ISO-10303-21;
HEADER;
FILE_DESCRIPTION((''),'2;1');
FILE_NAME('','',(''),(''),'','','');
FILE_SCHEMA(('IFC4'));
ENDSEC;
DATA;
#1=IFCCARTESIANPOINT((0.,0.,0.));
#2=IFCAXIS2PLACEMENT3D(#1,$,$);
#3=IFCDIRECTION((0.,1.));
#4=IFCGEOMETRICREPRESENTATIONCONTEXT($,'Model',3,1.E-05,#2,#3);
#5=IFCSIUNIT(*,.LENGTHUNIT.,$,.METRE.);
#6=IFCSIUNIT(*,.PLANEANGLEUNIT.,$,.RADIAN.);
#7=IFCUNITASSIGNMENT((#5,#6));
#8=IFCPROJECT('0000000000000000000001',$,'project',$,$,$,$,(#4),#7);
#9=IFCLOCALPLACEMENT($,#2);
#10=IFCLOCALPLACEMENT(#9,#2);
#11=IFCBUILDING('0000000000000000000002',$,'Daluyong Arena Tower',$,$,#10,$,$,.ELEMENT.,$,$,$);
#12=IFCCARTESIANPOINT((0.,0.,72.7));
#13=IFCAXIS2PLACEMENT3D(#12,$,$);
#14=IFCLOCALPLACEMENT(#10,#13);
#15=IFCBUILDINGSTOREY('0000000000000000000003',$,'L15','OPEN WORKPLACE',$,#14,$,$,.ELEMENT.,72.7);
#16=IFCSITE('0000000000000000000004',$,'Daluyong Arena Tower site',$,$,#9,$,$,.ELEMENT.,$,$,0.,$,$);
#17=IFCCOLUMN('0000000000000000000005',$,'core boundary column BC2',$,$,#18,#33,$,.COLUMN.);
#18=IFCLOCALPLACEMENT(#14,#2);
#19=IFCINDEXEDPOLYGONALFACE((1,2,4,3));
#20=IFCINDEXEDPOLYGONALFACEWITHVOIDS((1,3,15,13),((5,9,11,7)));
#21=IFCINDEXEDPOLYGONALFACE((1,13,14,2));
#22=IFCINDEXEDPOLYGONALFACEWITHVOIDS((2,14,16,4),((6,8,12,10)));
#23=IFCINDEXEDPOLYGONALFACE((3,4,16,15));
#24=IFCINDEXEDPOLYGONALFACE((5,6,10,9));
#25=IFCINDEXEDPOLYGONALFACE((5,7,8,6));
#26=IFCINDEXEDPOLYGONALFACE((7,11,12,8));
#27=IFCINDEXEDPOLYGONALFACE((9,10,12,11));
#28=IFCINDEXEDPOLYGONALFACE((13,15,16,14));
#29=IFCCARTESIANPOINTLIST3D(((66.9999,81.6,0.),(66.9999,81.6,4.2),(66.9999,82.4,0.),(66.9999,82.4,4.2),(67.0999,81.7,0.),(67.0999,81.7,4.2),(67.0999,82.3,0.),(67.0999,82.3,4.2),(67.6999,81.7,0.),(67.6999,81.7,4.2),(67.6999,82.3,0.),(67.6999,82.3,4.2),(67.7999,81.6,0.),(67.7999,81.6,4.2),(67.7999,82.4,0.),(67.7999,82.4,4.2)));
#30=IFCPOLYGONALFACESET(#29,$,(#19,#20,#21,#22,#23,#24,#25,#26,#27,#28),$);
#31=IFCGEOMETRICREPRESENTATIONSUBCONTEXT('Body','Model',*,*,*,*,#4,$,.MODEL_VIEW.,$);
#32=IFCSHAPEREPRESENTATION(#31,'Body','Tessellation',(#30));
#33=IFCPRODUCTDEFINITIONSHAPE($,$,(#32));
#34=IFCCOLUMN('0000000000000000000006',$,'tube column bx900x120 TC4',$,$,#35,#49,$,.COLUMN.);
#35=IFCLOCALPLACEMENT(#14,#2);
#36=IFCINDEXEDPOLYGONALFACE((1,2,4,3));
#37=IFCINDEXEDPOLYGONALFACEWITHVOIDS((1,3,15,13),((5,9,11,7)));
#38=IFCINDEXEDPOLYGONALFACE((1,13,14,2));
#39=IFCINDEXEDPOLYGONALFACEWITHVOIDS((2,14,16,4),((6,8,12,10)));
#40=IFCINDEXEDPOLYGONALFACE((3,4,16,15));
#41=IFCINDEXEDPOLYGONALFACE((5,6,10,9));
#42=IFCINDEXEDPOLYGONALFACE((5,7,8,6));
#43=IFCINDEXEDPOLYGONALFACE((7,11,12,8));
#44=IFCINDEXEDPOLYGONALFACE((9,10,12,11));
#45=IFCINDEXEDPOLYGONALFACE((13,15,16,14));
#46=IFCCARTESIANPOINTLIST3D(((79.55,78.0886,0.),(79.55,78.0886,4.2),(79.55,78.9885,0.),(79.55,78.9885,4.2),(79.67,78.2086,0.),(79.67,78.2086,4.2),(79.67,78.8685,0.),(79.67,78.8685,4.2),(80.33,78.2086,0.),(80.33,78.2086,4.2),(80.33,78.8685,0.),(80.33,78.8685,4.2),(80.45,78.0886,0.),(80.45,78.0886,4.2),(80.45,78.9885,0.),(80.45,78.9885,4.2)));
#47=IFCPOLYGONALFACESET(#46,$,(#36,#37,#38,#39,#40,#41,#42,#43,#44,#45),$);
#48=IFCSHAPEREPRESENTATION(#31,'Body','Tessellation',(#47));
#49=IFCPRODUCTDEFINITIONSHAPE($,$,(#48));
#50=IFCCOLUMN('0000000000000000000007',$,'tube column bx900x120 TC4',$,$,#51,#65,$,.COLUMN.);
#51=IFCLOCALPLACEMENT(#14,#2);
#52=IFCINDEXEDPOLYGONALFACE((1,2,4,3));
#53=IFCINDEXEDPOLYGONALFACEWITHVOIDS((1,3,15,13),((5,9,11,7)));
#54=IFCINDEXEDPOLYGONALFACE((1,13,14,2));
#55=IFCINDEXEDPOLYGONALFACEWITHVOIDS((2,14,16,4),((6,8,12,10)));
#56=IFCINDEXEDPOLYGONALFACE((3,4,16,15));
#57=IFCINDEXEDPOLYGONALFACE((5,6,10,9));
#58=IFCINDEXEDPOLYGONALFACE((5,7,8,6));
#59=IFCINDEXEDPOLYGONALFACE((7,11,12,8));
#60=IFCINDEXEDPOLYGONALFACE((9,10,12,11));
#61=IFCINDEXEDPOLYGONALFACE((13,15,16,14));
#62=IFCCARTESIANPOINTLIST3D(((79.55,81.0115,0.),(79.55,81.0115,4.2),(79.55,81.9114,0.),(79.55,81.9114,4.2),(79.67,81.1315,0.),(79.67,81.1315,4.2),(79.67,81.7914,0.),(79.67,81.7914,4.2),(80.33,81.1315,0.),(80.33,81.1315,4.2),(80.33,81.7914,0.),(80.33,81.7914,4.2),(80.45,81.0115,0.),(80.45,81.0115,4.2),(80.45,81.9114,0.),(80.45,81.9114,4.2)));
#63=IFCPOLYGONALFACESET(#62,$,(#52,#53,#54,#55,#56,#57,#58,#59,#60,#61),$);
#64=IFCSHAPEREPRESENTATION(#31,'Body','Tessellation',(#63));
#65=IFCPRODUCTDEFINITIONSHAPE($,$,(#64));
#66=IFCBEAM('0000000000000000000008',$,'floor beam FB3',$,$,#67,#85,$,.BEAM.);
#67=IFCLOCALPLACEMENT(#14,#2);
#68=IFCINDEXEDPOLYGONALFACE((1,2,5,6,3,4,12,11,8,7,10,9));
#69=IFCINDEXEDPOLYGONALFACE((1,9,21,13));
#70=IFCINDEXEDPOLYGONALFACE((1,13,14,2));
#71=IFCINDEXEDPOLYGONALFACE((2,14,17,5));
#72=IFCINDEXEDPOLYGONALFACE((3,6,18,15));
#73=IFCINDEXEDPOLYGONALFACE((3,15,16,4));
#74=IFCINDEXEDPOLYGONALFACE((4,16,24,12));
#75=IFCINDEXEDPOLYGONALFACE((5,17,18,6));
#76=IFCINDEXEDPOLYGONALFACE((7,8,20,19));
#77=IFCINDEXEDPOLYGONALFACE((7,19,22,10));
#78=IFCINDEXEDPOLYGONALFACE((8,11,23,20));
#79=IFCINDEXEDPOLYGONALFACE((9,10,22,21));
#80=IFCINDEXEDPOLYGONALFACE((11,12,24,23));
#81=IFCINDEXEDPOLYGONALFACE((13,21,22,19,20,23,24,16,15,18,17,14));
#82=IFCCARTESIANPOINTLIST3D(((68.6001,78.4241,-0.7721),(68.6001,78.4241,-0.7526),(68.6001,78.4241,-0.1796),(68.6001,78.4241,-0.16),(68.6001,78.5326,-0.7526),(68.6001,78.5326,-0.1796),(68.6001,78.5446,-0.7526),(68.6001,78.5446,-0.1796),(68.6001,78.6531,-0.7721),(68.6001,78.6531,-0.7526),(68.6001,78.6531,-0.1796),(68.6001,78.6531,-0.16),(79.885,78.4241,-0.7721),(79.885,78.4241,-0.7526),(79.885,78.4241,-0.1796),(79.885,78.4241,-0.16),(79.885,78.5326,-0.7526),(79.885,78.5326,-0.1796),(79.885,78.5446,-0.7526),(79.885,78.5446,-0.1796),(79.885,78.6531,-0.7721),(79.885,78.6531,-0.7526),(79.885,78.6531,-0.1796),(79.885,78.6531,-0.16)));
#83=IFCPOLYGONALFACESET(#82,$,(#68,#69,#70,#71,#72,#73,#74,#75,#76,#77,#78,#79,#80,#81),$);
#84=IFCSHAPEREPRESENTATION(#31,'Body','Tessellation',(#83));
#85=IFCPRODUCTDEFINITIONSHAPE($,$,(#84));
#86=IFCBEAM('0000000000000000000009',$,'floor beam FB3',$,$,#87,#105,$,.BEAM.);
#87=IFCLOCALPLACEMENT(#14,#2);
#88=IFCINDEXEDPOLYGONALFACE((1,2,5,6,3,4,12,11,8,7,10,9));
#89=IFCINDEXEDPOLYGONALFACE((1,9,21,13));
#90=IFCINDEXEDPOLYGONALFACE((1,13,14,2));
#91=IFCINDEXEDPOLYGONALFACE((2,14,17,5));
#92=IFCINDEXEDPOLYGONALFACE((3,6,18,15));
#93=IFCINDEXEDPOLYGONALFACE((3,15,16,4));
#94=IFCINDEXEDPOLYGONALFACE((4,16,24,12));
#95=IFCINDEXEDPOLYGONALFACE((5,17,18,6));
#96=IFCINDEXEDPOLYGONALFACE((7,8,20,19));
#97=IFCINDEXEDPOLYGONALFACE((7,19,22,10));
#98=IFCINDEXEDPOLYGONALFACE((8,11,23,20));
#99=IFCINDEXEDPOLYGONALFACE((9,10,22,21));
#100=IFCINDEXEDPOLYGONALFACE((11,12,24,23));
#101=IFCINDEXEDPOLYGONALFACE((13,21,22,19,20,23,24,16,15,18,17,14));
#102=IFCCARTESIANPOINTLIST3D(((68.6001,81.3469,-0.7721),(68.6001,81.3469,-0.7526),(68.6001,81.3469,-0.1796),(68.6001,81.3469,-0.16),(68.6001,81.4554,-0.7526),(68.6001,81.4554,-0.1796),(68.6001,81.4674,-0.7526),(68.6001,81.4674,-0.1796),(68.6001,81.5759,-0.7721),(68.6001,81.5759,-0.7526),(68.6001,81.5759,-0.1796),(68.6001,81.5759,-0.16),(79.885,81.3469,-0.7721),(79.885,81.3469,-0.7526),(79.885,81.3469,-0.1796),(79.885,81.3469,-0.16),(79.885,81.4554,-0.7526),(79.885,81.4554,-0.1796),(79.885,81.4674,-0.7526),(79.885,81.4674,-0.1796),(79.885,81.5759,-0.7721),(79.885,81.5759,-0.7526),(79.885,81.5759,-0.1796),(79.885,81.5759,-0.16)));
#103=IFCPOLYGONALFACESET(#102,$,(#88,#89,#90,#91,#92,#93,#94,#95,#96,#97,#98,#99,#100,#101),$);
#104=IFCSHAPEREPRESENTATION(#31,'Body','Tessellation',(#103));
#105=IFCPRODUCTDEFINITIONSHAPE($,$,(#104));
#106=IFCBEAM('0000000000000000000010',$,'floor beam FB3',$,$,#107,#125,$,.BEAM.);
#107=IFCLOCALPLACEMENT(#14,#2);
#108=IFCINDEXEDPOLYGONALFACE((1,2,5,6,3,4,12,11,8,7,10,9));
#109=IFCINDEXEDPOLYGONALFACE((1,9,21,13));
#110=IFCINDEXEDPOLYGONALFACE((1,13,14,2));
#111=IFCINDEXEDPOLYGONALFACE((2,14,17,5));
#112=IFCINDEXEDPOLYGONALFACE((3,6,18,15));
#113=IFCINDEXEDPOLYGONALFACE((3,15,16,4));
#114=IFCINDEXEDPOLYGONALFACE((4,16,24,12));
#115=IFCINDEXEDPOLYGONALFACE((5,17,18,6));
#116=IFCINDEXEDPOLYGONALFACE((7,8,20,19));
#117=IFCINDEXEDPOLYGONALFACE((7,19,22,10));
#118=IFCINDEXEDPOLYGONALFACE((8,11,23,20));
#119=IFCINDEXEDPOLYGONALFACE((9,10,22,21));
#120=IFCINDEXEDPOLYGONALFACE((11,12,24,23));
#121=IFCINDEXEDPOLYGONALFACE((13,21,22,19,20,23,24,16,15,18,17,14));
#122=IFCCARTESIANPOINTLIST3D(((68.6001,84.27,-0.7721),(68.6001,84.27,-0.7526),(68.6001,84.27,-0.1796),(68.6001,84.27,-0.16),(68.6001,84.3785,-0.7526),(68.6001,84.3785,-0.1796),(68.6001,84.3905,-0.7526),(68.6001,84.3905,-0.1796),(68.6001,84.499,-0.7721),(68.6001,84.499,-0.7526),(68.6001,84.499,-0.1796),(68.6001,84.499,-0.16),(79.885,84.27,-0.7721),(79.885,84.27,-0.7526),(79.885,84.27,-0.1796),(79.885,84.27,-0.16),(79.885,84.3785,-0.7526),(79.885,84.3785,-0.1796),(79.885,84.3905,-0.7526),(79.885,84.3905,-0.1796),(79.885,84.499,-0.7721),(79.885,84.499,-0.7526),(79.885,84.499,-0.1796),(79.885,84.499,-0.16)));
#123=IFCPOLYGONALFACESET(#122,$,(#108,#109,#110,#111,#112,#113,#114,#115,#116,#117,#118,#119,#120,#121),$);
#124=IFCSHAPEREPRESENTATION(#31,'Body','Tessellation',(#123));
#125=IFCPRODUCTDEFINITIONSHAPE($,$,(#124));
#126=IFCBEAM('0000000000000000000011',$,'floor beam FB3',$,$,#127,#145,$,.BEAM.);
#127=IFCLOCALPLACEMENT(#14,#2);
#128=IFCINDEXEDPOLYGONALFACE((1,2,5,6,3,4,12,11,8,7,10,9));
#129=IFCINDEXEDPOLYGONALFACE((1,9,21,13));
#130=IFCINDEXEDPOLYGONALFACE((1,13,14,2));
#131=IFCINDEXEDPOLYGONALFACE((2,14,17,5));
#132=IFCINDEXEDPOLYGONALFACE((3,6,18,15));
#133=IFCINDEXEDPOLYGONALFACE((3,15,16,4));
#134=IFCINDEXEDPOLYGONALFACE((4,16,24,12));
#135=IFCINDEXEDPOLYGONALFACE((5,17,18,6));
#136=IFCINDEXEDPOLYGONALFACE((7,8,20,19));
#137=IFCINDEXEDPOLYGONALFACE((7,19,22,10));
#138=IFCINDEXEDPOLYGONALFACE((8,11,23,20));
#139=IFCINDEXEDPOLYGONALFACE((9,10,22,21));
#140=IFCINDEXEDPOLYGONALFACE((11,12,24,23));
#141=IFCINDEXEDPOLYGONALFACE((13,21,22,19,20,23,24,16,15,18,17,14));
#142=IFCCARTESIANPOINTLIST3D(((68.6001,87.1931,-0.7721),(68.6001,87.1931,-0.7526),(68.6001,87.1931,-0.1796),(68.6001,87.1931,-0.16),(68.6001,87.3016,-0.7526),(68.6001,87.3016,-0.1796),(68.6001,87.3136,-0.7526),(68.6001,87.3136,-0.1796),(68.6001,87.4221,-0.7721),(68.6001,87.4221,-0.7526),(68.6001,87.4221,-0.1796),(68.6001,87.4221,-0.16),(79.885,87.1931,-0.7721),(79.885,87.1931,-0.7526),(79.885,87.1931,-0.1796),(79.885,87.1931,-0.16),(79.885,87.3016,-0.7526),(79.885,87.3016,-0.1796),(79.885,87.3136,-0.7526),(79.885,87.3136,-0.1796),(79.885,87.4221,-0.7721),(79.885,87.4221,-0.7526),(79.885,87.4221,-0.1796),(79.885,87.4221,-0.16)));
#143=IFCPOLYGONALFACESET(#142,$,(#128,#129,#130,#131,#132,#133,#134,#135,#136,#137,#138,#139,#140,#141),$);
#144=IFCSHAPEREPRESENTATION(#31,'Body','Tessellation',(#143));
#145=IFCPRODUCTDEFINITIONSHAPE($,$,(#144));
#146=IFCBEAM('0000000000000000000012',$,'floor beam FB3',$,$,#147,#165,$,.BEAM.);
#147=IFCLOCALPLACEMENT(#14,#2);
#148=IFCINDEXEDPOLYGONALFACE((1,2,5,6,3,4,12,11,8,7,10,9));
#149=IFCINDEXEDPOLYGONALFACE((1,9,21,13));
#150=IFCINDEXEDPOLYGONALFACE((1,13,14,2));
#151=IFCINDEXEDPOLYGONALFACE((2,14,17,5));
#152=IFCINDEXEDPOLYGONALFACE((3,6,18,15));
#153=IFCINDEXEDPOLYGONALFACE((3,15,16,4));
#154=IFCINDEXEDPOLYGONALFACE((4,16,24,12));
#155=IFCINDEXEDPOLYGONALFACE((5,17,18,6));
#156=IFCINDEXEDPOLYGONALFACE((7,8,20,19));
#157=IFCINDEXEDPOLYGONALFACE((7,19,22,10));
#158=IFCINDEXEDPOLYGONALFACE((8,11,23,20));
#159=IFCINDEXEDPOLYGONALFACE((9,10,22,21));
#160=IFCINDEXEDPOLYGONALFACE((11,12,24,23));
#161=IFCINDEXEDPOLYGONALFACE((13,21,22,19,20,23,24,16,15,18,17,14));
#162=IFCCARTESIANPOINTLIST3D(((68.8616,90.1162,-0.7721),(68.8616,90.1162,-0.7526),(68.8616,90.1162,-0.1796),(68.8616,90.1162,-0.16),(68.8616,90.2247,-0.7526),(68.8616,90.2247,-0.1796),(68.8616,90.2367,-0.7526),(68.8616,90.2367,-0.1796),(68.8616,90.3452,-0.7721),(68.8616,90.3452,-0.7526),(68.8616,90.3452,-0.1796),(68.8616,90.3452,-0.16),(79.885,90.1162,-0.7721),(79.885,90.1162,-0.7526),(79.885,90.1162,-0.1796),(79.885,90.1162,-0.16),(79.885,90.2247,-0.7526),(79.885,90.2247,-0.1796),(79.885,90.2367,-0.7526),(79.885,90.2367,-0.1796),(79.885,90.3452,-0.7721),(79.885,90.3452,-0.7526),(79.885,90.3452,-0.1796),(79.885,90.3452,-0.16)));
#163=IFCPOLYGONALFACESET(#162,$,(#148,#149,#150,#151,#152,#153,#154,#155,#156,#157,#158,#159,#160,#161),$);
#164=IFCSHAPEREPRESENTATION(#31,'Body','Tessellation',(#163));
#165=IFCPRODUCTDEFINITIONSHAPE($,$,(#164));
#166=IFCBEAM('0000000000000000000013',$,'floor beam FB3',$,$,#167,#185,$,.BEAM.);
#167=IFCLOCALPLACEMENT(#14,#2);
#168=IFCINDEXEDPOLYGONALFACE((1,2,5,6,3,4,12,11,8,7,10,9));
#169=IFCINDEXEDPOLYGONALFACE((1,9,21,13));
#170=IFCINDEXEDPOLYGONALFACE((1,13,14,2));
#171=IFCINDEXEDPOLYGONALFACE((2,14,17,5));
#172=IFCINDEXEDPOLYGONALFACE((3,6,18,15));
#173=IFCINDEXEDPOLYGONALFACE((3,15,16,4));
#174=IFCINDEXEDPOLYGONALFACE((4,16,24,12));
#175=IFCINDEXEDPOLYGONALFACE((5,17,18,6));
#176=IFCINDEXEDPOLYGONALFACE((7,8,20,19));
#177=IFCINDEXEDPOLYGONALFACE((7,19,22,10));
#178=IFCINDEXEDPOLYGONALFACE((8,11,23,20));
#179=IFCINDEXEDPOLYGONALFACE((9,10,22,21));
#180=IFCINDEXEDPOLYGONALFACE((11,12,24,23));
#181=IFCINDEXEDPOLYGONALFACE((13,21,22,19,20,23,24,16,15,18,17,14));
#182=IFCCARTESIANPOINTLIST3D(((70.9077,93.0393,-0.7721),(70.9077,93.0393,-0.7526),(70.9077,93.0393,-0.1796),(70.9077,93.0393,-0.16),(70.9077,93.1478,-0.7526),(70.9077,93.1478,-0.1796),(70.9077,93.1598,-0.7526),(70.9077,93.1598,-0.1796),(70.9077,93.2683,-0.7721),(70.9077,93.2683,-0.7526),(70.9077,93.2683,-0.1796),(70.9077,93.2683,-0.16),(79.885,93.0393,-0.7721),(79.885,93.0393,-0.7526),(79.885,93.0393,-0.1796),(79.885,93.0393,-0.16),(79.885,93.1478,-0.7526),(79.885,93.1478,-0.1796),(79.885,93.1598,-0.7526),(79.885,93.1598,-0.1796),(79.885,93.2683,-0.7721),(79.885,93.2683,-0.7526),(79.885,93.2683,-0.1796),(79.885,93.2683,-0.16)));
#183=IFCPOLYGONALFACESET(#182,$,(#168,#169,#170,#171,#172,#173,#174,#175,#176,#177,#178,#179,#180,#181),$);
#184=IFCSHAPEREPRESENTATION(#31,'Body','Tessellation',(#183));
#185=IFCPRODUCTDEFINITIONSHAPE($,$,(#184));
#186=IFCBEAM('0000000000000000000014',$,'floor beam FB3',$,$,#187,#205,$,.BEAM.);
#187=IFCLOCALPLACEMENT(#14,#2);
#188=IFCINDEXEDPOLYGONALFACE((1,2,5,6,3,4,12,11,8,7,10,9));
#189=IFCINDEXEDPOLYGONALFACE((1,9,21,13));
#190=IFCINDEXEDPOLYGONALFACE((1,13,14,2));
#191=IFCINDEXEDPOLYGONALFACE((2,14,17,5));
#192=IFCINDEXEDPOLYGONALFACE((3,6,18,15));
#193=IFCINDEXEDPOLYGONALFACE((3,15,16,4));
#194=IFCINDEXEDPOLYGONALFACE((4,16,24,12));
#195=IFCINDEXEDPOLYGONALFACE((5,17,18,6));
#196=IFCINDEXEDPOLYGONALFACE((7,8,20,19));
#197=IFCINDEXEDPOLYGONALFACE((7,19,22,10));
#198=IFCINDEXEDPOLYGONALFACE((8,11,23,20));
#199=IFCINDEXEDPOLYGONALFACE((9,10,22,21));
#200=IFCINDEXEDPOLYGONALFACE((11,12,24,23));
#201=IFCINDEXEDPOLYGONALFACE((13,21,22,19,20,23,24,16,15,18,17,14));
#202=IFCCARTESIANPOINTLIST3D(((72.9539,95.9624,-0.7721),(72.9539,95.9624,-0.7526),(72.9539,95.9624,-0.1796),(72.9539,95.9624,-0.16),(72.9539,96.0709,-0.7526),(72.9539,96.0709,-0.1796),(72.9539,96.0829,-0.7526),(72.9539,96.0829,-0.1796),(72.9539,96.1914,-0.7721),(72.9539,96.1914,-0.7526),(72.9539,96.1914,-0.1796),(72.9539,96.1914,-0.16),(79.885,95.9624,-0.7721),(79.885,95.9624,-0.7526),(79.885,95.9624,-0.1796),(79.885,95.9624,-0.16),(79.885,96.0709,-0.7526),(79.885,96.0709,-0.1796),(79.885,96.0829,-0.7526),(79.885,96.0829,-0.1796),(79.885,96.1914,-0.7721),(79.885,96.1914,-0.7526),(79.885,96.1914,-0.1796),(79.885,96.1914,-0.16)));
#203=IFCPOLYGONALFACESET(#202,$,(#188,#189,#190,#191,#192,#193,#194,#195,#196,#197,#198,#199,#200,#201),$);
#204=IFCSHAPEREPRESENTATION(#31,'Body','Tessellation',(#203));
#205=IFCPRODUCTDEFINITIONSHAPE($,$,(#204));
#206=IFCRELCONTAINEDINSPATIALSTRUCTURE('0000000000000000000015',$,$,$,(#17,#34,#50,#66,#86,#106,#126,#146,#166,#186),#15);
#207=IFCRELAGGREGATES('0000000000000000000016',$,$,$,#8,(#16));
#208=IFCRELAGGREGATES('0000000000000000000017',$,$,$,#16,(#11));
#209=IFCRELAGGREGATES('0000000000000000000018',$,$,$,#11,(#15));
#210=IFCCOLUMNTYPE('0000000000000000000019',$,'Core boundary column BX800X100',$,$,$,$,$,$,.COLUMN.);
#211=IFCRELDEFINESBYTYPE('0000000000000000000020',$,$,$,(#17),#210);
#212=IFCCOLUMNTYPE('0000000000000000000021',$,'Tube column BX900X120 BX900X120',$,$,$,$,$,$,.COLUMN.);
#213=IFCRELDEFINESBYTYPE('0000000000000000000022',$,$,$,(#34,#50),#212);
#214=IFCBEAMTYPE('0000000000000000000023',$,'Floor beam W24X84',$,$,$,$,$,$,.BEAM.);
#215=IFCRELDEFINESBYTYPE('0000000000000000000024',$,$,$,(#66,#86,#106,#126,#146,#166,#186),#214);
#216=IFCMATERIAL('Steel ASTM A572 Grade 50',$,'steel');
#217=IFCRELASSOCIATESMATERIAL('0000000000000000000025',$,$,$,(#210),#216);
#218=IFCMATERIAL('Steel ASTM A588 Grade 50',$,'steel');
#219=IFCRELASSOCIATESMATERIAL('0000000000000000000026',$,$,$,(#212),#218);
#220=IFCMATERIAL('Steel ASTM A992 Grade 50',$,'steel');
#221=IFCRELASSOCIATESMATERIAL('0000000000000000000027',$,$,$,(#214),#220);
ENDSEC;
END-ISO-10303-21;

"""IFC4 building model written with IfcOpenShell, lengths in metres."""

from ifc_helpers import new_model, si_unit, direction, frame, origin, origin_2d, place, context, subcontext, project, spatial, hollow_rectangle, i_section, extrude, material, material_profile, profile_set, type_object, element, save


model = new_model("IFC4")

# Units and contexts
model_context = context("Model", 3, precision=1e-05, world=origin(), true_north=direction((0.0, 1.0)))
body_context = subcontext(model_context, "Body", "Model", "MODEL_VIEW")
ifc_project = project(units=[si_unit("LENGTHUNIT", "METRE"), si_unit("PLANEANGLEUNIT", "RADIAN")], contexts=[model_context])

# Site, building, storey
site_placement = place(None, origin())
site = spatial("IfcSite", under=ifc_project, at=site_placement, Name="Daluyong Arena Tower site", CompositionType="ELEMENT", RefElevation=0.0)
building_placement = place(site_placement, origin())
building = spatial("IfcBuilding", under=site, at=building_placement, Name="Daluyong Arena Tower", CompositionType="ELEMENT")
storey_placement = place(building_placement, frame((0.0, 0.0, 72.7)))
storey = spatial("IfcBuildingStorey", under=building, at=storey_placement, Name="L15", Description="OPEN WORKPLACE", CompositionType="ELEMENT", Elevation=72.7)

# Columns
ifc_material_1 = material(Name="Steel ASTM A572 Grade 50", Category="steel")
ifc_material_profile_1 = material_profile(ifc_material_1, hollow_rectangle(XDim=0.8, YDim=0.8, WallThickness=0.1, at=origin_2d()))
ifc_profile_set_1 = profile_set([ifc_material_profile_1], Name="Steel ASTM A572 Grade 50")
column_type_1 = type_object("IfcColumnType", Name="Core boundary column BX800X100", PredefinedType="COLUMN", material=ifc_profile_set_1)
column_placement = place(storey_placement, frame((67.3999, 82.0, 0.0), z_axis=(0.0, 0.0, 1.0), x_axis=(1.0, 0.0, 0.0)))
element("IfcColumn", 1, at=column_placement, inside=storey, type_object=column_type_1, Name="core boundary column BC2", PredefinedType="COLUMN", context=body_context, shape_type="SweptSolid", body=[
    extrude(hollow_rectangle(XDim=0.8, YDim=0.8, WallThickness=0.1, at=origin_2d()), origin(), (0.0, 0.0, 1.0), 4.2),
])
ifc_material_2 = material(Name="Steel ASTM A588 Grade 50", Category="steel")
ifc_material_profile_2 = material_profile(ifc_material_2, hollow_rectangle(XDim=0.8999, YDim=0.8999, WallThickness=0.12, at=origin_2d()))
ifc_profile_set_2 = profile_set([ifc_material_profile_2], Name="Steel ASTM A588 Grade 50")
column_type_2 = type_object("IfcColumnType", Name="Tube column BX900X120 BX900X120", PredefinedType="COLUMN", material=ifc_profile_set_2)
for number, where, z_axis, x_axis, name in (
    (2, (80.0, 78.5386, 0.0), (0.0, 0.0, 1.0), (0.0, 1.0, 0.0), "tube column bx900x120 TC4"),
    (3, (80.0, 81.4614, 0.0), (0.0, 0.0, 1.0), (0.0, 1.0, 0.0), "tube column bx900x120 TC4"),
):
    element("IfcColumn", number, at=place(storey_placement, frame(where, z_axis=z_axis, x_axis=x_axis)), inside=storey, type_object=column_type_2, Name=name, PredefinedType="COLUMN", context=body_context, shape_type="SweptSolid", body=[
        extrude(hollow_rectangle(XDim=0.8999, YDim=0.8999, WallThickness=0.12, at=origin_2d()), origin(), (0.0, 0.0, 1.0), 4.2),
    ])

# Beams
ifc_material_3 = material(Name="Steel ASTM A992 Grade 50", Category="steel")
ifc_material_profile_3 = material_profile(ifc_material_3, i_section(OverallWidth=0.229, OverallDepth=0.6121, WebThickness=0.012, FlangeThickness=0.0195, at=origin_2d()))
ifc_profile_set_3 = profile_set([ifc_material_profile_3], Name="Steel ASTM A992 Grade 50")
beam_type_1 = type_object("IfcBeamType", Name="Floor beam W24X84", PredefinedType="BEAM", material=ifc_profile_set_3)
for number, where, z_axis, x_axis, name in (
    (4, (79.885, 78.5386, -0.4661), (-1.0, 0.0, 0.0), (0.0, -1.0, 0.0), "floor beam FB3"),
    (5, (79.885, 81.4614, -0.4661), (-1.0, 0.0, 0.0), (0.0, -1.0, 0.0), "floor beam FB3"),
    (6, (79.885, 84.3845, -0.4661), (-1.0, 0.0, 0.0), (0.0, -1.0, 0.0), "floor beam FB3"),
    (7, (79.885, 87.3076, -0.4661), (-1.0, 0.0, 0.0), (0.0, -1.0, 0.0), "floor beam FB3"),
):
    element("IfcBeam", number, at=place(storey_placement, frame(where, z_axis=z_axis, x_axis=x_axis)), inside=storey, type_object=beam_type_1, Name=name, PredefinedType="BEAM", context=body_context, shape_type="SweptSolid", body=[
        extrude(i_section(OverallWidth=0.229, OverallDepth=0.6121, WebThickness=0.012, FlangeThickness=0.0195, at=origin_2d()), origin(), (0.0, 0.0, 1.0), 11.2849),
    ])
beam_1_placement = place(storey_placement, frame((79.885, 90.2307, -0.4661), z_axis=(-1.0, 0.0, 0.0), x_axis=(0.0, -1.0, 0.0)))
element("IfcBeam", 8, at=beam_1_placement, inside=storey, type_object=beam_type_1, Name="floor beam FB3", PredefinedType="BEAM", context=body_context, shape_type="SweptSolid", body=[
    extrude(i_section(OverallWidth=0.229, OverallDepth=0.6121, WebThickness=0.012, FlangeThickness=0.0195, at=origin_2d()), origin(), (0.0, 0.0, 1.0), 11.0234),
])
beam_2_placement = place(storey_placement, frame((79.885, 93.1538, -0.4661), z_axis=(-1.0, 0.0, 0.0), x_axis=(0.0, -1.0, 0.0)))
element("IfcBeam", 9, at=beam_2_placement, inside=storey, type_object=beam_type_1, Name="floor beam FB3", PredefinedType="BEAM", context=body_context, shape_type="SweptSolid", body=[
    extrude(i_section(OverallWidth=0.229, OverallDepth=0.6121, WebThickness=0.012, FlangeThickness=0.0195, at=origin_2d()), origin(), (0.0, 0.0, 1.0), 8.9773),
])
beam_3_placement = place(storey_placement, frame((79.885, 96.0769, -0.4661), z_axis=(-1.0, 0.0, 0.0), x_axis=(0.0, -1.0, 0.0)))
element("IfcBeam", 10, at=beam_3_placement, inside=storey, type_object=beam_type_1, Name="floor beam FB3", PredefinedType="BEAM", context=body_context, shape_type="SweptSolid", body=[
    extrude(i_section(OverallWidth=0.229, OverallDepth=0.6121, WebThickness=0.012, FlangeThickness=0.0195, at=origin_2d()), origin(), (0.0, 0.0, 1.0), 6.9312),
])

save(model, "model.ifc")
